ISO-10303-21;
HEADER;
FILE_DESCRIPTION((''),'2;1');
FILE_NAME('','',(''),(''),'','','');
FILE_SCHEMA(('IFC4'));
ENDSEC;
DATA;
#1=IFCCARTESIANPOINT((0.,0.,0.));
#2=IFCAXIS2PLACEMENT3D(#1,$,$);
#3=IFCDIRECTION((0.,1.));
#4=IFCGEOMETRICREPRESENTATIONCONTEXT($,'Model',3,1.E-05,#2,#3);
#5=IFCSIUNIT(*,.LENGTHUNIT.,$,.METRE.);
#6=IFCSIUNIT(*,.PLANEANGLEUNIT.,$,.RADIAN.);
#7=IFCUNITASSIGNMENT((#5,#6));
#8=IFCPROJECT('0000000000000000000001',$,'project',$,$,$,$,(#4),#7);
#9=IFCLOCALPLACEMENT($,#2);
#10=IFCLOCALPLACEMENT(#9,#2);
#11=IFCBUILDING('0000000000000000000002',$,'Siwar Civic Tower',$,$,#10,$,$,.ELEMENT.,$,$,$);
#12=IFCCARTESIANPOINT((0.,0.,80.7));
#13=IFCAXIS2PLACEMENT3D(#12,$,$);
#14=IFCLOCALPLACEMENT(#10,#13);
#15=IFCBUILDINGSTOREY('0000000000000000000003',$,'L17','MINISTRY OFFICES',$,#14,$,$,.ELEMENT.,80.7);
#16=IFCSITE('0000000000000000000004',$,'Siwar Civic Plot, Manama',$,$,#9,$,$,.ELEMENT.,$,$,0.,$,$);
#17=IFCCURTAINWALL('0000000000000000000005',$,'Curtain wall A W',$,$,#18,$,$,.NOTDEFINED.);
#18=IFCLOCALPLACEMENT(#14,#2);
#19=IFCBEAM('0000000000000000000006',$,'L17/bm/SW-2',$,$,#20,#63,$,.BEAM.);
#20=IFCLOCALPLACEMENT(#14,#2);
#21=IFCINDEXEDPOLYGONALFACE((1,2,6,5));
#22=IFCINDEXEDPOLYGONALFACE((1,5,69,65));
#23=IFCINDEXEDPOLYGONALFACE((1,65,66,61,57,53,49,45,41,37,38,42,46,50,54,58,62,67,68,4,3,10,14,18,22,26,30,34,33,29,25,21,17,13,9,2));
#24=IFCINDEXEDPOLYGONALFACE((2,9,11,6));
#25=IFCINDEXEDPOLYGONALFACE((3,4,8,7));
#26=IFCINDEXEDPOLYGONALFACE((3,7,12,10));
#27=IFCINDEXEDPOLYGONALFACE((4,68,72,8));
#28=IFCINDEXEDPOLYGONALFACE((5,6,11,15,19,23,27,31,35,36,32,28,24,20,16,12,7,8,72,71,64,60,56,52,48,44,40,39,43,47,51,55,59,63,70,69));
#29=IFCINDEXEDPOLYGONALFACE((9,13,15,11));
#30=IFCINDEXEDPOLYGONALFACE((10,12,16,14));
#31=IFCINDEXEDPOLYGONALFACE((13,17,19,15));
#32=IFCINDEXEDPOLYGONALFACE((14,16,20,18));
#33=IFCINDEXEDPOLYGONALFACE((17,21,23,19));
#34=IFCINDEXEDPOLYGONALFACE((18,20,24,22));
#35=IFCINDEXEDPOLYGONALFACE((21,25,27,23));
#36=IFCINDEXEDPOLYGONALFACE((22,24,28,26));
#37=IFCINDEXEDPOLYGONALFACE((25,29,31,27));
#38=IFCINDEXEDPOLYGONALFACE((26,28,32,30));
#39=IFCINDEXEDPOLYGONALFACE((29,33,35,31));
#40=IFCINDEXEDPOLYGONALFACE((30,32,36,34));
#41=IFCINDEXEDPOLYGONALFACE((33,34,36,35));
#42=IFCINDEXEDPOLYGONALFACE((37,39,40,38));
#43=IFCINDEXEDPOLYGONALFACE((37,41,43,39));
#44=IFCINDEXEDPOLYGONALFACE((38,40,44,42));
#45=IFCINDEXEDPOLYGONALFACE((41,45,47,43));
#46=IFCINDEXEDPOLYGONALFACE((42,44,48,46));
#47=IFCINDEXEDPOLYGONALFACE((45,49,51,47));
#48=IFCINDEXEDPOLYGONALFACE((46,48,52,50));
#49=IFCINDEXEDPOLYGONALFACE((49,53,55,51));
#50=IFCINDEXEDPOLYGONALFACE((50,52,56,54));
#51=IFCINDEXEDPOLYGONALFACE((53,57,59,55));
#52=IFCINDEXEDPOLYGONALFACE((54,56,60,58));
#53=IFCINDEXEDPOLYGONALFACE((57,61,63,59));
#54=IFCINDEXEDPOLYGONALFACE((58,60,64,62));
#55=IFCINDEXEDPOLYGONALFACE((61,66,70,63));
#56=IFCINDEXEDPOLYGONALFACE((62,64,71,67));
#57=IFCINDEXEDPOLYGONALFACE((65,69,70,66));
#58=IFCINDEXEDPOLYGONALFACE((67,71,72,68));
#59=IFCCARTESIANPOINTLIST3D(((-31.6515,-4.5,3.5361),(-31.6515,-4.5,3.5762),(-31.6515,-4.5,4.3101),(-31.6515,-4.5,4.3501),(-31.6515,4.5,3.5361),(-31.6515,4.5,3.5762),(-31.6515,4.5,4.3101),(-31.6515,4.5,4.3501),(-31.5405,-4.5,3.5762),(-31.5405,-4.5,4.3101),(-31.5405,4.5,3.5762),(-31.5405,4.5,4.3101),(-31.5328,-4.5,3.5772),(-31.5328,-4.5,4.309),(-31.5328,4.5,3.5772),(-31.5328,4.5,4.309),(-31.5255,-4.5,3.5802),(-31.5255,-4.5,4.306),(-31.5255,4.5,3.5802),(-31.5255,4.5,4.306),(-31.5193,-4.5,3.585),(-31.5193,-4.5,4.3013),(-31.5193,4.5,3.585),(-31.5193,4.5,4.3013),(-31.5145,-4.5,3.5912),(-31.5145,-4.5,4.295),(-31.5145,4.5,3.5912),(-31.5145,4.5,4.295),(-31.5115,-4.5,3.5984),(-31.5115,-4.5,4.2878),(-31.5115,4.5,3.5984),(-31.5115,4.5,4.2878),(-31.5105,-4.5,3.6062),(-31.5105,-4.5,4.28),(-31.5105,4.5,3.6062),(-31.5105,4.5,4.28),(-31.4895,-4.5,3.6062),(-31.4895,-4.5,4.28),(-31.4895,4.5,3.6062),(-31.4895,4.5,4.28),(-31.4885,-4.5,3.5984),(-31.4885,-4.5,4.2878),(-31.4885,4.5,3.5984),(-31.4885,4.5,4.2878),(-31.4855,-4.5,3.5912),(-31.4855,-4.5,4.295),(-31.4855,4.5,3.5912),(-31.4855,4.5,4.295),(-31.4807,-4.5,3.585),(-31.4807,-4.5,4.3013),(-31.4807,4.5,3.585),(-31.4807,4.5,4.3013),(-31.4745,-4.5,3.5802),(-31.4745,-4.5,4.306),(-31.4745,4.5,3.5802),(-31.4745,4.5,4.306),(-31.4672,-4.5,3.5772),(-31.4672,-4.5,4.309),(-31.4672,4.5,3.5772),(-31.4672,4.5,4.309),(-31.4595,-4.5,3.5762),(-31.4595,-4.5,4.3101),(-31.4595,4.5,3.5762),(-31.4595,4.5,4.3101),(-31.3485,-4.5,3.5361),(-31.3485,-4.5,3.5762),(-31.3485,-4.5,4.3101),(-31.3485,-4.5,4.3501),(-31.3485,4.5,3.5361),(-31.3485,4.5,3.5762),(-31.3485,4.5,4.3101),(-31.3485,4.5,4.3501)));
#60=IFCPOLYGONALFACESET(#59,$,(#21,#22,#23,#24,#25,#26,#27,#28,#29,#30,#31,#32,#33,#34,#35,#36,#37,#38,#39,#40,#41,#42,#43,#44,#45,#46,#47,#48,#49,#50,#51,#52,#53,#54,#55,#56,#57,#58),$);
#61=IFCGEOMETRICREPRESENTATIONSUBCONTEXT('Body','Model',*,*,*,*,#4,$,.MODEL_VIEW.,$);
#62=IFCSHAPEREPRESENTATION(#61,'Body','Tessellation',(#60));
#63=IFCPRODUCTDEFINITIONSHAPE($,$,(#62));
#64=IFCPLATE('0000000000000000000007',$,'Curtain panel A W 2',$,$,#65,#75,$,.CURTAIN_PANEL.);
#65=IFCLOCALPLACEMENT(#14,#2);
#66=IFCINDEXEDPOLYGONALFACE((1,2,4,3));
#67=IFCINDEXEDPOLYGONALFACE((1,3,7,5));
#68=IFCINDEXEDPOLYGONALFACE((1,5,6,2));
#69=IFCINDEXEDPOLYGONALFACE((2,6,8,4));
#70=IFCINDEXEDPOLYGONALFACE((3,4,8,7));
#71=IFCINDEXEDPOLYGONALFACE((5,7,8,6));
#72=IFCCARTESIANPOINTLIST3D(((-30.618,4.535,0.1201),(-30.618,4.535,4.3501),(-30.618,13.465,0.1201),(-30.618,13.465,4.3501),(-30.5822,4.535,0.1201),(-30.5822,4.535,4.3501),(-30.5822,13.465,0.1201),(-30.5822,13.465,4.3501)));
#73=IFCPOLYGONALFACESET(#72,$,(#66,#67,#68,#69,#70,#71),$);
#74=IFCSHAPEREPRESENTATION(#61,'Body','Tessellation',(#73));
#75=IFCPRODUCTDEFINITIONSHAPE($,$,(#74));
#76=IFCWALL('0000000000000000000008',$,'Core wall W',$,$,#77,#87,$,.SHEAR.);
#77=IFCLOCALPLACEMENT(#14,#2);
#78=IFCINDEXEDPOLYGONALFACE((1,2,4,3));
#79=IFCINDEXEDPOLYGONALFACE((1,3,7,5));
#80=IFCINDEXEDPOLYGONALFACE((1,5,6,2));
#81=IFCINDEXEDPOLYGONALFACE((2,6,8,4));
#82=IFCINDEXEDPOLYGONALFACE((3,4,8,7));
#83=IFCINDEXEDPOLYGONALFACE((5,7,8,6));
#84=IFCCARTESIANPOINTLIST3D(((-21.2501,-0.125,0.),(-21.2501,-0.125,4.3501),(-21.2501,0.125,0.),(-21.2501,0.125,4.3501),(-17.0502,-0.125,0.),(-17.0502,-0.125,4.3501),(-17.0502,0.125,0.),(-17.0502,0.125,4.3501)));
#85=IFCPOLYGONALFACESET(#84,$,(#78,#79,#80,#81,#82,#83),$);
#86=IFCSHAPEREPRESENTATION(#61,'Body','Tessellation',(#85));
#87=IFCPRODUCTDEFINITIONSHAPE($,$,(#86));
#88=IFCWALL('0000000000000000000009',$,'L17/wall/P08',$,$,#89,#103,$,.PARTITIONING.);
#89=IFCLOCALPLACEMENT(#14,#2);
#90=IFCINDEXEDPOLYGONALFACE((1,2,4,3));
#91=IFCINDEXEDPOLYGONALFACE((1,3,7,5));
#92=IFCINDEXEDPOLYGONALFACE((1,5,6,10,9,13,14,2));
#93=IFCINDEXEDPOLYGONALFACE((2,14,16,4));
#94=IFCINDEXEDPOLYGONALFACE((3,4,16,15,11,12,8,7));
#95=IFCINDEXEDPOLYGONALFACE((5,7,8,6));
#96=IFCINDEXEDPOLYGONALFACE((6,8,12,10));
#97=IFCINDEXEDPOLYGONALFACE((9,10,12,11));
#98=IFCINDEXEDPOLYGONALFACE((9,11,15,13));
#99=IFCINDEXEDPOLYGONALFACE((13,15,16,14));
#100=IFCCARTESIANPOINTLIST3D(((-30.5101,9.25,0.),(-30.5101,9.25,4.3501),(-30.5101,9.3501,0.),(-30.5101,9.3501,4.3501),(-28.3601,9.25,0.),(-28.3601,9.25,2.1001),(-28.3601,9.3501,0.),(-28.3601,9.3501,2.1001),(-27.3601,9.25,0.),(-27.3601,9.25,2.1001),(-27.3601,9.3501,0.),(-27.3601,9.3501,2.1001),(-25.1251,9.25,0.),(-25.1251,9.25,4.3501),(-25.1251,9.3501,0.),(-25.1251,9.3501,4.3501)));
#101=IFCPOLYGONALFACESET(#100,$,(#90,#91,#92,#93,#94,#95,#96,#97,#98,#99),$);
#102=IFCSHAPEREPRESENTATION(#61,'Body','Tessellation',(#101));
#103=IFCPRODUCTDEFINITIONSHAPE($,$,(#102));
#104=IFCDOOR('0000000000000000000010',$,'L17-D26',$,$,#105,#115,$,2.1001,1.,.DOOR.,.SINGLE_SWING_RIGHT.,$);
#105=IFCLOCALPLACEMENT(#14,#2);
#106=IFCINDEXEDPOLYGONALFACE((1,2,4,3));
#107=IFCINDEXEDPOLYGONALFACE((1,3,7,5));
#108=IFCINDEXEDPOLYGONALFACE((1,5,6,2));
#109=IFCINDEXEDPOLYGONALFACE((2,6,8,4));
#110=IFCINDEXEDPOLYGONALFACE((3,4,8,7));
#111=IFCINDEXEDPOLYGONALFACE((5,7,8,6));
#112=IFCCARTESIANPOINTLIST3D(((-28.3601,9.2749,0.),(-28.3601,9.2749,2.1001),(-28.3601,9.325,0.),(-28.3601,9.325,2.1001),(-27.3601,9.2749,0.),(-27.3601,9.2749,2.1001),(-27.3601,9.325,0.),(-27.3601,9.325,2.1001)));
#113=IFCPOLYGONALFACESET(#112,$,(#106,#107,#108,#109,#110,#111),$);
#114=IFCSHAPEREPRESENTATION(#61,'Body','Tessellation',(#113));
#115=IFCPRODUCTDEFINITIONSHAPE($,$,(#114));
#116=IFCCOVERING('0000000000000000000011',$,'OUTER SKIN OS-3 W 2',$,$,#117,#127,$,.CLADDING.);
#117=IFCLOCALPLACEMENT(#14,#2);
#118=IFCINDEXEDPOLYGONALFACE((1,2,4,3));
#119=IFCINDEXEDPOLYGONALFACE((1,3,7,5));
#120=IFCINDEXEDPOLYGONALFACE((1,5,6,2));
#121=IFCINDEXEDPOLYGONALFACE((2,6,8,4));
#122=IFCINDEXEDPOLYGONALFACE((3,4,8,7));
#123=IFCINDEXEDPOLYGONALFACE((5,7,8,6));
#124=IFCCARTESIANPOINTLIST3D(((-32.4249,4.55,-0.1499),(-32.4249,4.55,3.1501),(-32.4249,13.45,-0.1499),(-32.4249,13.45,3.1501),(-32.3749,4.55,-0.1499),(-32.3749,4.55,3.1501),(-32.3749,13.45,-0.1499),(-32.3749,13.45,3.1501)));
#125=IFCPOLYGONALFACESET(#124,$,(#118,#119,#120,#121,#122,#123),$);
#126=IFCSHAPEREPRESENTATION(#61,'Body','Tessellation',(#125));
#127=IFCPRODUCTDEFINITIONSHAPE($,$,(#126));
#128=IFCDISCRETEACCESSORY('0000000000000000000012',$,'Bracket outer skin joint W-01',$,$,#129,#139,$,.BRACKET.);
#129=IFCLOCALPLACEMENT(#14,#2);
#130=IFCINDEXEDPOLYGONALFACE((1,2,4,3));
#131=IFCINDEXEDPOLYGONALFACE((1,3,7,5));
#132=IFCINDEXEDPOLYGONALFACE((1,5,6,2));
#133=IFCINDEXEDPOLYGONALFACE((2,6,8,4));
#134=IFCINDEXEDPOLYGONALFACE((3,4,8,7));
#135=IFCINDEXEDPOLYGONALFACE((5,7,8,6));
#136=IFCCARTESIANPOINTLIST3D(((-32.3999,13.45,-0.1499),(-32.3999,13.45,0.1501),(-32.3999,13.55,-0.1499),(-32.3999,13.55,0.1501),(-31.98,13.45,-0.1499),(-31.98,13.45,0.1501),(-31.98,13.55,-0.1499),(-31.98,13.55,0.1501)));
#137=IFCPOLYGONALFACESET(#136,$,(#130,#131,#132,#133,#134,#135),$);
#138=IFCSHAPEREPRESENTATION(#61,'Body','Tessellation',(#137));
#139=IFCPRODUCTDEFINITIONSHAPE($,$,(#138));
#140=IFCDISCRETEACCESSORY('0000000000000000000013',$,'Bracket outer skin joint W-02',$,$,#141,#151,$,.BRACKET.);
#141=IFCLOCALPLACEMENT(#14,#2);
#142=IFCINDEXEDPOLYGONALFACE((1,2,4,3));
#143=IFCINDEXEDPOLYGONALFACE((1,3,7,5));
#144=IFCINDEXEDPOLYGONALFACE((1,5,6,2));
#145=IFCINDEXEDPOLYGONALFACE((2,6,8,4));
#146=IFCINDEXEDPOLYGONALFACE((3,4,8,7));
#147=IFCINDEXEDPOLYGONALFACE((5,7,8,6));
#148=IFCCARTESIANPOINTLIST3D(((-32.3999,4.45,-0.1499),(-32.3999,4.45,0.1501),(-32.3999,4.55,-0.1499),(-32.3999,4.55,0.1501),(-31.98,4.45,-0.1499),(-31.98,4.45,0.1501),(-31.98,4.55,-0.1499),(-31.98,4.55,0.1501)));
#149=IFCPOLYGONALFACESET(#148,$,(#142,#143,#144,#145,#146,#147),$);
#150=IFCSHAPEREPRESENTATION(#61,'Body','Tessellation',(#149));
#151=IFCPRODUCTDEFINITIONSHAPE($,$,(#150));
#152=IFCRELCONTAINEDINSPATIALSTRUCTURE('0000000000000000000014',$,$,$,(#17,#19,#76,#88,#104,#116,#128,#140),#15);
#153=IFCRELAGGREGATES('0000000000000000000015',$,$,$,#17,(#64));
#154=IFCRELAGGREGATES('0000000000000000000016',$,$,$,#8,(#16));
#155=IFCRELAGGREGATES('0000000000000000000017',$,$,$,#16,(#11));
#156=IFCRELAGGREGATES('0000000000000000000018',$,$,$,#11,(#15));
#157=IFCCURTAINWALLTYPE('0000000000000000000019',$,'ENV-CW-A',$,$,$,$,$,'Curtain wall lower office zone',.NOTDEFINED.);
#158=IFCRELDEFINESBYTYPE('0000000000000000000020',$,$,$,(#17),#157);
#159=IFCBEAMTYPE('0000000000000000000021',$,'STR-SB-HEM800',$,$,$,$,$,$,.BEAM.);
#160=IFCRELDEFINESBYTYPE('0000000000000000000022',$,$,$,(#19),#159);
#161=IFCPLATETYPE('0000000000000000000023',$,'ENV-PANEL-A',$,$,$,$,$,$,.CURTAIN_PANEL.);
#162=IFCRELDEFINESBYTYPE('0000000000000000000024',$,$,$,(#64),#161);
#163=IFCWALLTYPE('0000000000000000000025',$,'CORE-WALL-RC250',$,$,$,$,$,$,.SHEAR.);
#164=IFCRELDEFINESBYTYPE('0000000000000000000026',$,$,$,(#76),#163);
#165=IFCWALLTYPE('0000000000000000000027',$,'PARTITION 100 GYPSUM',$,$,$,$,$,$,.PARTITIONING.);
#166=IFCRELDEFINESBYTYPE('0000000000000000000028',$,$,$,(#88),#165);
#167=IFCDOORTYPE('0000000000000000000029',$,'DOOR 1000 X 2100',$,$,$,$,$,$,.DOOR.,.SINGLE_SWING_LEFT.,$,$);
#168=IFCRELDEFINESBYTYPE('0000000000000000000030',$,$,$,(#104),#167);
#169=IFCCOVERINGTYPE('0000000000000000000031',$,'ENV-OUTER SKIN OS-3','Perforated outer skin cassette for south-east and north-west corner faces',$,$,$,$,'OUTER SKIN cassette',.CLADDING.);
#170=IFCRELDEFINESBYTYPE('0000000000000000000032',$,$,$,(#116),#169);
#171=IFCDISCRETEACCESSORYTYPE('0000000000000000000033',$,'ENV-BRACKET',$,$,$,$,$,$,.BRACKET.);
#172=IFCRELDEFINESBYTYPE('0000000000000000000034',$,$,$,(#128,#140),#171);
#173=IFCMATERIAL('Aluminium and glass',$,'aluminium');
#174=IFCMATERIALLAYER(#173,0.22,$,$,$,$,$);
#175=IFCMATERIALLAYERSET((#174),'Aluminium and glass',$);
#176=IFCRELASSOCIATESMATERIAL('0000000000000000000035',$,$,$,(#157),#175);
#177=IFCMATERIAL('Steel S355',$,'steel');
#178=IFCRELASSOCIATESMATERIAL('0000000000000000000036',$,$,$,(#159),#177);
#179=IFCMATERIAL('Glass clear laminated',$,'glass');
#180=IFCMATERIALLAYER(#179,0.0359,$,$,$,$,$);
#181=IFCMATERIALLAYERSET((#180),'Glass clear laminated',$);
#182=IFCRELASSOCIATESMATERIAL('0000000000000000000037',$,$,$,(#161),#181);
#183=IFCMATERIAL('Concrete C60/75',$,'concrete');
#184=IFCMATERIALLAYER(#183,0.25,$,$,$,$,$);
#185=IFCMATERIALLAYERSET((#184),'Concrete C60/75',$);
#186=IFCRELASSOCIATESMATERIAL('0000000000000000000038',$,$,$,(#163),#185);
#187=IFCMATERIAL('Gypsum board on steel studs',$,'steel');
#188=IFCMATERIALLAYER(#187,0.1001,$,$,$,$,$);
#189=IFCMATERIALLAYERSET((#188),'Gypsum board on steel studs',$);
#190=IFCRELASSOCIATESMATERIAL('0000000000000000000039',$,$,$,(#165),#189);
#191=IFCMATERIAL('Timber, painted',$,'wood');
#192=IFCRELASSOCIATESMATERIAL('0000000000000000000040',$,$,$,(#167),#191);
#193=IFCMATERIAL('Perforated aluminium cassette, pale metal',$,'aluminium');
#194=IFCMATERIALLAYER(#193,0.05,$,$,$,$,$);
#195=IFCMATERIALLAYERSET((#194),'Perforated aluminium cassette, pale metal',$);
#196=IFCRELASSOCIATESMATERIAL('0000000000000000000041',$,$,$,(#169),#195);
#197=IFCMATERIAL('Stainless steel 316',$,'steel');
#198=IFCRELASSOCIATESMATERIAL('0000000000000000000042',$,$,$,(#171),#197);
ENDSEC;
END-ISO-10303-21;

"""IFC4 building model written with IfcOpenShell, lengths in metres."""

from ifc_helpers import new_model, si_unit, direction, frame, frame_2d, origin, origin_2d, place, context, subcontext, project, spatial, rectangle, i_section, extrude, material, layer, layer_set, material_profile, profile_set, type_object, element, fill, aggregate, save


model = new_model("IFC4")

# Units and contexts
model_context = context("Model", 3, precision=1e-05, world=origin(), true_north=direction((0.0, 1.0)))
body_context = subcontext(model_context, "Body", "Model", "MODEL_VIEW")
ifc_project = project(units=[si_unit("LENGTHUNIT", "METRE"), si_unit("PLANEANGLEUNIT", "RADIAN")], contexts=[model_context])

# Site, building, storey
site_placement = place(None, origin())
site = spatial("IfcSite", under=ifc_project, at=site_placement, Name="Siwar Civic Plot, Manama", CompositionType="ELEMENT", RefElevation=0.0)
building_placement = place(site_placement, origin())
building = spatial("IfcBuilding", under=site, at=building_placement, Name="Siwar Civic Tower", CompositionType="ELEMENT")
storey_placement = place(building_placement, frame((0.0, 0.0, 80.7)))
storey = spatial("IfcBuildingStorey", under=building, at=storey_placement, Name="L17", Description="MINISTRY OFFICES", CompositionType="ELEMENT", Elevation=80.7)

# Curtain wall
ifc_material_1 = material(Name="Aluminium and glass", Category="aluminium")
ifc_layer_1 = layer(ifc_material_1, 0.22)
ifc_layer_set_1 = layer_set([ifc_layer_1], Name="Aluminium and glass")
curtain_wall_type = type_object("IfcCurtainWallType", Name="ENV-CW-A", ElementType="Curtain wall lower office zone", PredefinedType="NOTDEFINED", material=ifc_layer_set_1)
curtain_wall_placement = place(storey_placement, origin())
curtain_wall = element("IfcCurtainWall", 1, at=curtain_wall_placement, inside=storey, type_object=curtain_wall_type, Name="Curtain wall A W", PredefinedType="NOTDEFINED")

# Beam
ifc_material_2 = material(Name="Steel S355", Category="steel")
ifc_material_profile_1 = material_profile(ifc_material_2, i_section(OverallWidth=0.303, OverallDepth=0.814, WebThickness=0.021, FlangeThickness=0.04, FilletRadius=0.03, at=origin_2d()), Name="HEM800")
ifc_profile_set_1 = profile_set([ifc_material_profile_1], Name="Steel S355")
beam_type_1 = type_object("IfcBeamType", Name="STR-SB-HEM800", PredefinedType="BEAM", material=ifc_profile_set_1)
for number, where, z_axis, x_axis, name in (
    (2, (-31.5, 4.5, 3.9431), (0.0, -1.0, 0.0), (1.0, 0.0, 0.0), "L17/bm/SW-2"),
):
    element("IfcBeam", number, at=place(storey_placement, frame(where, z_axis=z_axis, x_axis=x_axis)), inside=storey, type_object=beam_type_1, Name=name, PredefinedType="BEAM", context=body_context, shape_type="SweptSolid", body=[
        extrude(i_section(OverallWidth=0.303, OverallDepth=0.814, WebThickness=0.021, FlangeThickness=0.04, FilletRadius=0.03, at=origin_2d()), origin(), (0.0, 0.0, 1.0), 9.0),
    ])

# Plate
ifc_material_3 = material(Name="Glass clear laminated", Category="glass")
ifc_layer_2 = layer(ifc_material_3, 0.0359)
ifc_layer_set_2 = layer_set([ifc_layer_2], Name="Glass clear laminated")
plate_type = type_object("IfcPlateType", Name="ENV-PANEL-A", PredefinedType="CURTAIN_PANEL", material=ifc_layer_set_2)
plate_placement = place(storey_placement, frame((-30.6001, 9.0, 0.1201), z_axis=(0.0, 0.0, 1.0), x_axis=(0.0, -1.0, 0.0)))
plate = element("IfcPlate", 3, at=plate_placement, type_object=plate_type, Name="Curtain panel A W 2", PredefinedType="CURTAIN_PANEL", context=body_context, shape_type="SweptSolid", body=[
    extrude(rectangle(XDim=8.9299, YDim=0.0359, at=origin_2d()), origin(), (0.0, 0.0, 1.0), 4.23),
])
aggregate(curtain_wall, [plate])

# Wall
ifc_material_4 = material(Name="Concrete C60/75", Category="concrete")
ifc_layer_3 = layer(ifc_material_4, 0.25)
ifc_layer_set_3 = layer_set([ifc_layer_3], Name="Concrete C60/75")
wall_type_1 = type_object("IfcWallType", Name="CORE-WALL-RC250", PredefinedType="SHEAR", material=ifc_layer_set_3)
wall_1_placement = place(storey_placement, frame((-17.05, 0.0, 0.0), z_axis=(0.0, 0.0, 1.0), x_axis=(-1.0, 0.0, 0.0)))
element("IfcWall", 4, at=wall_1_placement, inside=storey, type_object=wall_type_1, Name="Core wall W", PredefinedType="SHEAR", context=body_context, shape_type="SweptSolid", body=[
    extrude(rectangle(XDim=4.2, YDim=0.25, at=frame_2d((2.1001, 0.0))), origin(), (0.0, 0.0, 1.0), 4.3501),
])

# Wall, opening, door
ifc_material_5 = material(Name="Gypsum board on steel studs", Category="steel")
ifc_layer_4 = layer(ifc_material_5, 0.1001)
ifc_layer_set_4 = layer_set([ifc_layer_4], Name="Gypsum board on steel studs")
wall_type_2 = type_object("IfcWallType", Name="PARTITION 100 GYPSUM", PredefinedType="PARTITIONING", material=ifc_layer_set_4)
wall_2_placement = place(storey_placement, frame((-30.51, 9.3, 0.0), z_axis=(0.0, 0.0, 1.0), x_axis=(1.0, 0.0, 0.0)))
wall_2 = element("IfcWall", 5, at=wall_2_placement, inside=storey, type_object=wall_type_2, Name="L17/wall/P08", PredefinedType="PARTITIONING", context=body_context, shape_type="SweptSolid", body=[
    extrude(rectangle(XDim=5.385, YDim=0.1001, at=frame_2d((2.6924, 0.0))), origin(), (0.0, 0.0, 1.0), 4.3501),
])
opening_placement = place(wall_2_placement, frame((2.1499, 0.0, 0.0)))
opening = element("IfcOpeningElement", 6, at=opening_placement, cuts=wall_2, PredefinedType="OPENING", context=body_context, shape_type="SweptSolid", body=[
    extrude(rectangle(XDim=1.0, YDim=2.1001, at=frame_2d((0.5, 1.05))), frame((0.0, 0.0601, 0.0), z_axis=(0.0, -1.0, 0.0), x_axis=(1.0, 0.0, 0.0)), (0.0, 0.0, 1.0), 0.1201),
])
ifc_material_6 = material(Name="Timber, painted", Category="wood")
door_type = type_object("IfcDoorType", Name="DOOR 1000 X 2100", OperationType="SINGLE_SWING_LEFT", PredefinedType="DOOR", material=ifc_material_6)
door_placement = place(opening_placement, origin())
door = element("IfcDoor", 7, at=door_placement, inside=storey, type_object=door_type, Name="L17-D26", OperationType="SINGLE_SWING_RIGHT", OverallHeight=2.1001, OverallWidth=1.0, PredefinedType="DOOR", context=body_context, shape_type="SweptSolid", body=[
    extrude(rectangle(XDim=1.0, YDim=2.1001, at=frame_2d((0.5, 1.05))), frame((0.0, 0.0249, 0.0), z_axis=(0.0, -1.0, 0.0), x_axis=(1.0, 0.0, 0.0)), (0.0, 0.0, 1.0), 0.05),
])
fill(opening, door)

# Covering
ifc_material_7 = material(Name="Perforated aluminium cassette, pale metal", Category="aluminium")
ifc_layer_5 = layer(ifc_material_7, 0.05)
ifc_layer_set_5 = layer_set([ifc_layer_5], Name="Perforated aluminium cassette, pale metal")
covering_type = type_object("IfcCoveringType", Name="ENV-OUTER SKIN OS-3", Description="Perforated outer skin cassette for south-east and north-west corner faces", ElementType="OUTER SKIN cassette", PredefinedType="CLADDING", material=ifc_layer_set_5)
covering_placement = place(storey_placement, frame((-32.3999, 9.0, -0.1499), z_axis=(0.0, 0.0, 1.0), x_axis=(0.0, -1.0, 0.0)))
element("IfcCovering", 8, at=covering_placement, inside=storey, type_object=covering_type, Name="OUTER SKIN OS-3 W 2", PredefinedType="CLADDING", context=body_context, shape_type="SweptSolid", body=[
    extrude(rectangle(XDim=8.8999, YDim=0.05, at=origin_2d()), origin(), (0.0, 0.0, 1.0), 3.3),
])

# Discrete accessories
ifc_material_8 = material(Name="Stainless steel 316", Category="steel")
discrete_accessory_type = type_object("IfcDiscreteAccessoryType", Name="ENV-BRACKET", PredefinedType="BRACKET", material=ifc_material_8)
for number, where, z_axis, x_axis, name in (
    (9, (-32.1899, 13.5, -0.1499), (0.0, 0.0, 1.0), (-1.0, 0.0, 0.0), "Bracket outer skin joint W-01"),
    (10, (-32.1899, 4.5, -0.1499), (0.0, 0.0, 1.0), (-1.0, 0.0, 0.0), "Bracket outer skin joint W-02"),
):
    element("IfcDiscreteAccessory", number, at=place(storey_placement, frame(where, z_axis=z_axis, x_axis=x_axis)), inside=storey, type_object=discrete_accessory_type, Name=name, PredefinedType="BRACKET", context=body_context, shape_type="SweptSolid", body=[
        extrude(rectangle(XDim=0.4199, YDim=0.1001, at=origin_2d()), origin(), (0.0, 0.0, 1.0), 0.3),
    ])

save(model, "model.ifc")
